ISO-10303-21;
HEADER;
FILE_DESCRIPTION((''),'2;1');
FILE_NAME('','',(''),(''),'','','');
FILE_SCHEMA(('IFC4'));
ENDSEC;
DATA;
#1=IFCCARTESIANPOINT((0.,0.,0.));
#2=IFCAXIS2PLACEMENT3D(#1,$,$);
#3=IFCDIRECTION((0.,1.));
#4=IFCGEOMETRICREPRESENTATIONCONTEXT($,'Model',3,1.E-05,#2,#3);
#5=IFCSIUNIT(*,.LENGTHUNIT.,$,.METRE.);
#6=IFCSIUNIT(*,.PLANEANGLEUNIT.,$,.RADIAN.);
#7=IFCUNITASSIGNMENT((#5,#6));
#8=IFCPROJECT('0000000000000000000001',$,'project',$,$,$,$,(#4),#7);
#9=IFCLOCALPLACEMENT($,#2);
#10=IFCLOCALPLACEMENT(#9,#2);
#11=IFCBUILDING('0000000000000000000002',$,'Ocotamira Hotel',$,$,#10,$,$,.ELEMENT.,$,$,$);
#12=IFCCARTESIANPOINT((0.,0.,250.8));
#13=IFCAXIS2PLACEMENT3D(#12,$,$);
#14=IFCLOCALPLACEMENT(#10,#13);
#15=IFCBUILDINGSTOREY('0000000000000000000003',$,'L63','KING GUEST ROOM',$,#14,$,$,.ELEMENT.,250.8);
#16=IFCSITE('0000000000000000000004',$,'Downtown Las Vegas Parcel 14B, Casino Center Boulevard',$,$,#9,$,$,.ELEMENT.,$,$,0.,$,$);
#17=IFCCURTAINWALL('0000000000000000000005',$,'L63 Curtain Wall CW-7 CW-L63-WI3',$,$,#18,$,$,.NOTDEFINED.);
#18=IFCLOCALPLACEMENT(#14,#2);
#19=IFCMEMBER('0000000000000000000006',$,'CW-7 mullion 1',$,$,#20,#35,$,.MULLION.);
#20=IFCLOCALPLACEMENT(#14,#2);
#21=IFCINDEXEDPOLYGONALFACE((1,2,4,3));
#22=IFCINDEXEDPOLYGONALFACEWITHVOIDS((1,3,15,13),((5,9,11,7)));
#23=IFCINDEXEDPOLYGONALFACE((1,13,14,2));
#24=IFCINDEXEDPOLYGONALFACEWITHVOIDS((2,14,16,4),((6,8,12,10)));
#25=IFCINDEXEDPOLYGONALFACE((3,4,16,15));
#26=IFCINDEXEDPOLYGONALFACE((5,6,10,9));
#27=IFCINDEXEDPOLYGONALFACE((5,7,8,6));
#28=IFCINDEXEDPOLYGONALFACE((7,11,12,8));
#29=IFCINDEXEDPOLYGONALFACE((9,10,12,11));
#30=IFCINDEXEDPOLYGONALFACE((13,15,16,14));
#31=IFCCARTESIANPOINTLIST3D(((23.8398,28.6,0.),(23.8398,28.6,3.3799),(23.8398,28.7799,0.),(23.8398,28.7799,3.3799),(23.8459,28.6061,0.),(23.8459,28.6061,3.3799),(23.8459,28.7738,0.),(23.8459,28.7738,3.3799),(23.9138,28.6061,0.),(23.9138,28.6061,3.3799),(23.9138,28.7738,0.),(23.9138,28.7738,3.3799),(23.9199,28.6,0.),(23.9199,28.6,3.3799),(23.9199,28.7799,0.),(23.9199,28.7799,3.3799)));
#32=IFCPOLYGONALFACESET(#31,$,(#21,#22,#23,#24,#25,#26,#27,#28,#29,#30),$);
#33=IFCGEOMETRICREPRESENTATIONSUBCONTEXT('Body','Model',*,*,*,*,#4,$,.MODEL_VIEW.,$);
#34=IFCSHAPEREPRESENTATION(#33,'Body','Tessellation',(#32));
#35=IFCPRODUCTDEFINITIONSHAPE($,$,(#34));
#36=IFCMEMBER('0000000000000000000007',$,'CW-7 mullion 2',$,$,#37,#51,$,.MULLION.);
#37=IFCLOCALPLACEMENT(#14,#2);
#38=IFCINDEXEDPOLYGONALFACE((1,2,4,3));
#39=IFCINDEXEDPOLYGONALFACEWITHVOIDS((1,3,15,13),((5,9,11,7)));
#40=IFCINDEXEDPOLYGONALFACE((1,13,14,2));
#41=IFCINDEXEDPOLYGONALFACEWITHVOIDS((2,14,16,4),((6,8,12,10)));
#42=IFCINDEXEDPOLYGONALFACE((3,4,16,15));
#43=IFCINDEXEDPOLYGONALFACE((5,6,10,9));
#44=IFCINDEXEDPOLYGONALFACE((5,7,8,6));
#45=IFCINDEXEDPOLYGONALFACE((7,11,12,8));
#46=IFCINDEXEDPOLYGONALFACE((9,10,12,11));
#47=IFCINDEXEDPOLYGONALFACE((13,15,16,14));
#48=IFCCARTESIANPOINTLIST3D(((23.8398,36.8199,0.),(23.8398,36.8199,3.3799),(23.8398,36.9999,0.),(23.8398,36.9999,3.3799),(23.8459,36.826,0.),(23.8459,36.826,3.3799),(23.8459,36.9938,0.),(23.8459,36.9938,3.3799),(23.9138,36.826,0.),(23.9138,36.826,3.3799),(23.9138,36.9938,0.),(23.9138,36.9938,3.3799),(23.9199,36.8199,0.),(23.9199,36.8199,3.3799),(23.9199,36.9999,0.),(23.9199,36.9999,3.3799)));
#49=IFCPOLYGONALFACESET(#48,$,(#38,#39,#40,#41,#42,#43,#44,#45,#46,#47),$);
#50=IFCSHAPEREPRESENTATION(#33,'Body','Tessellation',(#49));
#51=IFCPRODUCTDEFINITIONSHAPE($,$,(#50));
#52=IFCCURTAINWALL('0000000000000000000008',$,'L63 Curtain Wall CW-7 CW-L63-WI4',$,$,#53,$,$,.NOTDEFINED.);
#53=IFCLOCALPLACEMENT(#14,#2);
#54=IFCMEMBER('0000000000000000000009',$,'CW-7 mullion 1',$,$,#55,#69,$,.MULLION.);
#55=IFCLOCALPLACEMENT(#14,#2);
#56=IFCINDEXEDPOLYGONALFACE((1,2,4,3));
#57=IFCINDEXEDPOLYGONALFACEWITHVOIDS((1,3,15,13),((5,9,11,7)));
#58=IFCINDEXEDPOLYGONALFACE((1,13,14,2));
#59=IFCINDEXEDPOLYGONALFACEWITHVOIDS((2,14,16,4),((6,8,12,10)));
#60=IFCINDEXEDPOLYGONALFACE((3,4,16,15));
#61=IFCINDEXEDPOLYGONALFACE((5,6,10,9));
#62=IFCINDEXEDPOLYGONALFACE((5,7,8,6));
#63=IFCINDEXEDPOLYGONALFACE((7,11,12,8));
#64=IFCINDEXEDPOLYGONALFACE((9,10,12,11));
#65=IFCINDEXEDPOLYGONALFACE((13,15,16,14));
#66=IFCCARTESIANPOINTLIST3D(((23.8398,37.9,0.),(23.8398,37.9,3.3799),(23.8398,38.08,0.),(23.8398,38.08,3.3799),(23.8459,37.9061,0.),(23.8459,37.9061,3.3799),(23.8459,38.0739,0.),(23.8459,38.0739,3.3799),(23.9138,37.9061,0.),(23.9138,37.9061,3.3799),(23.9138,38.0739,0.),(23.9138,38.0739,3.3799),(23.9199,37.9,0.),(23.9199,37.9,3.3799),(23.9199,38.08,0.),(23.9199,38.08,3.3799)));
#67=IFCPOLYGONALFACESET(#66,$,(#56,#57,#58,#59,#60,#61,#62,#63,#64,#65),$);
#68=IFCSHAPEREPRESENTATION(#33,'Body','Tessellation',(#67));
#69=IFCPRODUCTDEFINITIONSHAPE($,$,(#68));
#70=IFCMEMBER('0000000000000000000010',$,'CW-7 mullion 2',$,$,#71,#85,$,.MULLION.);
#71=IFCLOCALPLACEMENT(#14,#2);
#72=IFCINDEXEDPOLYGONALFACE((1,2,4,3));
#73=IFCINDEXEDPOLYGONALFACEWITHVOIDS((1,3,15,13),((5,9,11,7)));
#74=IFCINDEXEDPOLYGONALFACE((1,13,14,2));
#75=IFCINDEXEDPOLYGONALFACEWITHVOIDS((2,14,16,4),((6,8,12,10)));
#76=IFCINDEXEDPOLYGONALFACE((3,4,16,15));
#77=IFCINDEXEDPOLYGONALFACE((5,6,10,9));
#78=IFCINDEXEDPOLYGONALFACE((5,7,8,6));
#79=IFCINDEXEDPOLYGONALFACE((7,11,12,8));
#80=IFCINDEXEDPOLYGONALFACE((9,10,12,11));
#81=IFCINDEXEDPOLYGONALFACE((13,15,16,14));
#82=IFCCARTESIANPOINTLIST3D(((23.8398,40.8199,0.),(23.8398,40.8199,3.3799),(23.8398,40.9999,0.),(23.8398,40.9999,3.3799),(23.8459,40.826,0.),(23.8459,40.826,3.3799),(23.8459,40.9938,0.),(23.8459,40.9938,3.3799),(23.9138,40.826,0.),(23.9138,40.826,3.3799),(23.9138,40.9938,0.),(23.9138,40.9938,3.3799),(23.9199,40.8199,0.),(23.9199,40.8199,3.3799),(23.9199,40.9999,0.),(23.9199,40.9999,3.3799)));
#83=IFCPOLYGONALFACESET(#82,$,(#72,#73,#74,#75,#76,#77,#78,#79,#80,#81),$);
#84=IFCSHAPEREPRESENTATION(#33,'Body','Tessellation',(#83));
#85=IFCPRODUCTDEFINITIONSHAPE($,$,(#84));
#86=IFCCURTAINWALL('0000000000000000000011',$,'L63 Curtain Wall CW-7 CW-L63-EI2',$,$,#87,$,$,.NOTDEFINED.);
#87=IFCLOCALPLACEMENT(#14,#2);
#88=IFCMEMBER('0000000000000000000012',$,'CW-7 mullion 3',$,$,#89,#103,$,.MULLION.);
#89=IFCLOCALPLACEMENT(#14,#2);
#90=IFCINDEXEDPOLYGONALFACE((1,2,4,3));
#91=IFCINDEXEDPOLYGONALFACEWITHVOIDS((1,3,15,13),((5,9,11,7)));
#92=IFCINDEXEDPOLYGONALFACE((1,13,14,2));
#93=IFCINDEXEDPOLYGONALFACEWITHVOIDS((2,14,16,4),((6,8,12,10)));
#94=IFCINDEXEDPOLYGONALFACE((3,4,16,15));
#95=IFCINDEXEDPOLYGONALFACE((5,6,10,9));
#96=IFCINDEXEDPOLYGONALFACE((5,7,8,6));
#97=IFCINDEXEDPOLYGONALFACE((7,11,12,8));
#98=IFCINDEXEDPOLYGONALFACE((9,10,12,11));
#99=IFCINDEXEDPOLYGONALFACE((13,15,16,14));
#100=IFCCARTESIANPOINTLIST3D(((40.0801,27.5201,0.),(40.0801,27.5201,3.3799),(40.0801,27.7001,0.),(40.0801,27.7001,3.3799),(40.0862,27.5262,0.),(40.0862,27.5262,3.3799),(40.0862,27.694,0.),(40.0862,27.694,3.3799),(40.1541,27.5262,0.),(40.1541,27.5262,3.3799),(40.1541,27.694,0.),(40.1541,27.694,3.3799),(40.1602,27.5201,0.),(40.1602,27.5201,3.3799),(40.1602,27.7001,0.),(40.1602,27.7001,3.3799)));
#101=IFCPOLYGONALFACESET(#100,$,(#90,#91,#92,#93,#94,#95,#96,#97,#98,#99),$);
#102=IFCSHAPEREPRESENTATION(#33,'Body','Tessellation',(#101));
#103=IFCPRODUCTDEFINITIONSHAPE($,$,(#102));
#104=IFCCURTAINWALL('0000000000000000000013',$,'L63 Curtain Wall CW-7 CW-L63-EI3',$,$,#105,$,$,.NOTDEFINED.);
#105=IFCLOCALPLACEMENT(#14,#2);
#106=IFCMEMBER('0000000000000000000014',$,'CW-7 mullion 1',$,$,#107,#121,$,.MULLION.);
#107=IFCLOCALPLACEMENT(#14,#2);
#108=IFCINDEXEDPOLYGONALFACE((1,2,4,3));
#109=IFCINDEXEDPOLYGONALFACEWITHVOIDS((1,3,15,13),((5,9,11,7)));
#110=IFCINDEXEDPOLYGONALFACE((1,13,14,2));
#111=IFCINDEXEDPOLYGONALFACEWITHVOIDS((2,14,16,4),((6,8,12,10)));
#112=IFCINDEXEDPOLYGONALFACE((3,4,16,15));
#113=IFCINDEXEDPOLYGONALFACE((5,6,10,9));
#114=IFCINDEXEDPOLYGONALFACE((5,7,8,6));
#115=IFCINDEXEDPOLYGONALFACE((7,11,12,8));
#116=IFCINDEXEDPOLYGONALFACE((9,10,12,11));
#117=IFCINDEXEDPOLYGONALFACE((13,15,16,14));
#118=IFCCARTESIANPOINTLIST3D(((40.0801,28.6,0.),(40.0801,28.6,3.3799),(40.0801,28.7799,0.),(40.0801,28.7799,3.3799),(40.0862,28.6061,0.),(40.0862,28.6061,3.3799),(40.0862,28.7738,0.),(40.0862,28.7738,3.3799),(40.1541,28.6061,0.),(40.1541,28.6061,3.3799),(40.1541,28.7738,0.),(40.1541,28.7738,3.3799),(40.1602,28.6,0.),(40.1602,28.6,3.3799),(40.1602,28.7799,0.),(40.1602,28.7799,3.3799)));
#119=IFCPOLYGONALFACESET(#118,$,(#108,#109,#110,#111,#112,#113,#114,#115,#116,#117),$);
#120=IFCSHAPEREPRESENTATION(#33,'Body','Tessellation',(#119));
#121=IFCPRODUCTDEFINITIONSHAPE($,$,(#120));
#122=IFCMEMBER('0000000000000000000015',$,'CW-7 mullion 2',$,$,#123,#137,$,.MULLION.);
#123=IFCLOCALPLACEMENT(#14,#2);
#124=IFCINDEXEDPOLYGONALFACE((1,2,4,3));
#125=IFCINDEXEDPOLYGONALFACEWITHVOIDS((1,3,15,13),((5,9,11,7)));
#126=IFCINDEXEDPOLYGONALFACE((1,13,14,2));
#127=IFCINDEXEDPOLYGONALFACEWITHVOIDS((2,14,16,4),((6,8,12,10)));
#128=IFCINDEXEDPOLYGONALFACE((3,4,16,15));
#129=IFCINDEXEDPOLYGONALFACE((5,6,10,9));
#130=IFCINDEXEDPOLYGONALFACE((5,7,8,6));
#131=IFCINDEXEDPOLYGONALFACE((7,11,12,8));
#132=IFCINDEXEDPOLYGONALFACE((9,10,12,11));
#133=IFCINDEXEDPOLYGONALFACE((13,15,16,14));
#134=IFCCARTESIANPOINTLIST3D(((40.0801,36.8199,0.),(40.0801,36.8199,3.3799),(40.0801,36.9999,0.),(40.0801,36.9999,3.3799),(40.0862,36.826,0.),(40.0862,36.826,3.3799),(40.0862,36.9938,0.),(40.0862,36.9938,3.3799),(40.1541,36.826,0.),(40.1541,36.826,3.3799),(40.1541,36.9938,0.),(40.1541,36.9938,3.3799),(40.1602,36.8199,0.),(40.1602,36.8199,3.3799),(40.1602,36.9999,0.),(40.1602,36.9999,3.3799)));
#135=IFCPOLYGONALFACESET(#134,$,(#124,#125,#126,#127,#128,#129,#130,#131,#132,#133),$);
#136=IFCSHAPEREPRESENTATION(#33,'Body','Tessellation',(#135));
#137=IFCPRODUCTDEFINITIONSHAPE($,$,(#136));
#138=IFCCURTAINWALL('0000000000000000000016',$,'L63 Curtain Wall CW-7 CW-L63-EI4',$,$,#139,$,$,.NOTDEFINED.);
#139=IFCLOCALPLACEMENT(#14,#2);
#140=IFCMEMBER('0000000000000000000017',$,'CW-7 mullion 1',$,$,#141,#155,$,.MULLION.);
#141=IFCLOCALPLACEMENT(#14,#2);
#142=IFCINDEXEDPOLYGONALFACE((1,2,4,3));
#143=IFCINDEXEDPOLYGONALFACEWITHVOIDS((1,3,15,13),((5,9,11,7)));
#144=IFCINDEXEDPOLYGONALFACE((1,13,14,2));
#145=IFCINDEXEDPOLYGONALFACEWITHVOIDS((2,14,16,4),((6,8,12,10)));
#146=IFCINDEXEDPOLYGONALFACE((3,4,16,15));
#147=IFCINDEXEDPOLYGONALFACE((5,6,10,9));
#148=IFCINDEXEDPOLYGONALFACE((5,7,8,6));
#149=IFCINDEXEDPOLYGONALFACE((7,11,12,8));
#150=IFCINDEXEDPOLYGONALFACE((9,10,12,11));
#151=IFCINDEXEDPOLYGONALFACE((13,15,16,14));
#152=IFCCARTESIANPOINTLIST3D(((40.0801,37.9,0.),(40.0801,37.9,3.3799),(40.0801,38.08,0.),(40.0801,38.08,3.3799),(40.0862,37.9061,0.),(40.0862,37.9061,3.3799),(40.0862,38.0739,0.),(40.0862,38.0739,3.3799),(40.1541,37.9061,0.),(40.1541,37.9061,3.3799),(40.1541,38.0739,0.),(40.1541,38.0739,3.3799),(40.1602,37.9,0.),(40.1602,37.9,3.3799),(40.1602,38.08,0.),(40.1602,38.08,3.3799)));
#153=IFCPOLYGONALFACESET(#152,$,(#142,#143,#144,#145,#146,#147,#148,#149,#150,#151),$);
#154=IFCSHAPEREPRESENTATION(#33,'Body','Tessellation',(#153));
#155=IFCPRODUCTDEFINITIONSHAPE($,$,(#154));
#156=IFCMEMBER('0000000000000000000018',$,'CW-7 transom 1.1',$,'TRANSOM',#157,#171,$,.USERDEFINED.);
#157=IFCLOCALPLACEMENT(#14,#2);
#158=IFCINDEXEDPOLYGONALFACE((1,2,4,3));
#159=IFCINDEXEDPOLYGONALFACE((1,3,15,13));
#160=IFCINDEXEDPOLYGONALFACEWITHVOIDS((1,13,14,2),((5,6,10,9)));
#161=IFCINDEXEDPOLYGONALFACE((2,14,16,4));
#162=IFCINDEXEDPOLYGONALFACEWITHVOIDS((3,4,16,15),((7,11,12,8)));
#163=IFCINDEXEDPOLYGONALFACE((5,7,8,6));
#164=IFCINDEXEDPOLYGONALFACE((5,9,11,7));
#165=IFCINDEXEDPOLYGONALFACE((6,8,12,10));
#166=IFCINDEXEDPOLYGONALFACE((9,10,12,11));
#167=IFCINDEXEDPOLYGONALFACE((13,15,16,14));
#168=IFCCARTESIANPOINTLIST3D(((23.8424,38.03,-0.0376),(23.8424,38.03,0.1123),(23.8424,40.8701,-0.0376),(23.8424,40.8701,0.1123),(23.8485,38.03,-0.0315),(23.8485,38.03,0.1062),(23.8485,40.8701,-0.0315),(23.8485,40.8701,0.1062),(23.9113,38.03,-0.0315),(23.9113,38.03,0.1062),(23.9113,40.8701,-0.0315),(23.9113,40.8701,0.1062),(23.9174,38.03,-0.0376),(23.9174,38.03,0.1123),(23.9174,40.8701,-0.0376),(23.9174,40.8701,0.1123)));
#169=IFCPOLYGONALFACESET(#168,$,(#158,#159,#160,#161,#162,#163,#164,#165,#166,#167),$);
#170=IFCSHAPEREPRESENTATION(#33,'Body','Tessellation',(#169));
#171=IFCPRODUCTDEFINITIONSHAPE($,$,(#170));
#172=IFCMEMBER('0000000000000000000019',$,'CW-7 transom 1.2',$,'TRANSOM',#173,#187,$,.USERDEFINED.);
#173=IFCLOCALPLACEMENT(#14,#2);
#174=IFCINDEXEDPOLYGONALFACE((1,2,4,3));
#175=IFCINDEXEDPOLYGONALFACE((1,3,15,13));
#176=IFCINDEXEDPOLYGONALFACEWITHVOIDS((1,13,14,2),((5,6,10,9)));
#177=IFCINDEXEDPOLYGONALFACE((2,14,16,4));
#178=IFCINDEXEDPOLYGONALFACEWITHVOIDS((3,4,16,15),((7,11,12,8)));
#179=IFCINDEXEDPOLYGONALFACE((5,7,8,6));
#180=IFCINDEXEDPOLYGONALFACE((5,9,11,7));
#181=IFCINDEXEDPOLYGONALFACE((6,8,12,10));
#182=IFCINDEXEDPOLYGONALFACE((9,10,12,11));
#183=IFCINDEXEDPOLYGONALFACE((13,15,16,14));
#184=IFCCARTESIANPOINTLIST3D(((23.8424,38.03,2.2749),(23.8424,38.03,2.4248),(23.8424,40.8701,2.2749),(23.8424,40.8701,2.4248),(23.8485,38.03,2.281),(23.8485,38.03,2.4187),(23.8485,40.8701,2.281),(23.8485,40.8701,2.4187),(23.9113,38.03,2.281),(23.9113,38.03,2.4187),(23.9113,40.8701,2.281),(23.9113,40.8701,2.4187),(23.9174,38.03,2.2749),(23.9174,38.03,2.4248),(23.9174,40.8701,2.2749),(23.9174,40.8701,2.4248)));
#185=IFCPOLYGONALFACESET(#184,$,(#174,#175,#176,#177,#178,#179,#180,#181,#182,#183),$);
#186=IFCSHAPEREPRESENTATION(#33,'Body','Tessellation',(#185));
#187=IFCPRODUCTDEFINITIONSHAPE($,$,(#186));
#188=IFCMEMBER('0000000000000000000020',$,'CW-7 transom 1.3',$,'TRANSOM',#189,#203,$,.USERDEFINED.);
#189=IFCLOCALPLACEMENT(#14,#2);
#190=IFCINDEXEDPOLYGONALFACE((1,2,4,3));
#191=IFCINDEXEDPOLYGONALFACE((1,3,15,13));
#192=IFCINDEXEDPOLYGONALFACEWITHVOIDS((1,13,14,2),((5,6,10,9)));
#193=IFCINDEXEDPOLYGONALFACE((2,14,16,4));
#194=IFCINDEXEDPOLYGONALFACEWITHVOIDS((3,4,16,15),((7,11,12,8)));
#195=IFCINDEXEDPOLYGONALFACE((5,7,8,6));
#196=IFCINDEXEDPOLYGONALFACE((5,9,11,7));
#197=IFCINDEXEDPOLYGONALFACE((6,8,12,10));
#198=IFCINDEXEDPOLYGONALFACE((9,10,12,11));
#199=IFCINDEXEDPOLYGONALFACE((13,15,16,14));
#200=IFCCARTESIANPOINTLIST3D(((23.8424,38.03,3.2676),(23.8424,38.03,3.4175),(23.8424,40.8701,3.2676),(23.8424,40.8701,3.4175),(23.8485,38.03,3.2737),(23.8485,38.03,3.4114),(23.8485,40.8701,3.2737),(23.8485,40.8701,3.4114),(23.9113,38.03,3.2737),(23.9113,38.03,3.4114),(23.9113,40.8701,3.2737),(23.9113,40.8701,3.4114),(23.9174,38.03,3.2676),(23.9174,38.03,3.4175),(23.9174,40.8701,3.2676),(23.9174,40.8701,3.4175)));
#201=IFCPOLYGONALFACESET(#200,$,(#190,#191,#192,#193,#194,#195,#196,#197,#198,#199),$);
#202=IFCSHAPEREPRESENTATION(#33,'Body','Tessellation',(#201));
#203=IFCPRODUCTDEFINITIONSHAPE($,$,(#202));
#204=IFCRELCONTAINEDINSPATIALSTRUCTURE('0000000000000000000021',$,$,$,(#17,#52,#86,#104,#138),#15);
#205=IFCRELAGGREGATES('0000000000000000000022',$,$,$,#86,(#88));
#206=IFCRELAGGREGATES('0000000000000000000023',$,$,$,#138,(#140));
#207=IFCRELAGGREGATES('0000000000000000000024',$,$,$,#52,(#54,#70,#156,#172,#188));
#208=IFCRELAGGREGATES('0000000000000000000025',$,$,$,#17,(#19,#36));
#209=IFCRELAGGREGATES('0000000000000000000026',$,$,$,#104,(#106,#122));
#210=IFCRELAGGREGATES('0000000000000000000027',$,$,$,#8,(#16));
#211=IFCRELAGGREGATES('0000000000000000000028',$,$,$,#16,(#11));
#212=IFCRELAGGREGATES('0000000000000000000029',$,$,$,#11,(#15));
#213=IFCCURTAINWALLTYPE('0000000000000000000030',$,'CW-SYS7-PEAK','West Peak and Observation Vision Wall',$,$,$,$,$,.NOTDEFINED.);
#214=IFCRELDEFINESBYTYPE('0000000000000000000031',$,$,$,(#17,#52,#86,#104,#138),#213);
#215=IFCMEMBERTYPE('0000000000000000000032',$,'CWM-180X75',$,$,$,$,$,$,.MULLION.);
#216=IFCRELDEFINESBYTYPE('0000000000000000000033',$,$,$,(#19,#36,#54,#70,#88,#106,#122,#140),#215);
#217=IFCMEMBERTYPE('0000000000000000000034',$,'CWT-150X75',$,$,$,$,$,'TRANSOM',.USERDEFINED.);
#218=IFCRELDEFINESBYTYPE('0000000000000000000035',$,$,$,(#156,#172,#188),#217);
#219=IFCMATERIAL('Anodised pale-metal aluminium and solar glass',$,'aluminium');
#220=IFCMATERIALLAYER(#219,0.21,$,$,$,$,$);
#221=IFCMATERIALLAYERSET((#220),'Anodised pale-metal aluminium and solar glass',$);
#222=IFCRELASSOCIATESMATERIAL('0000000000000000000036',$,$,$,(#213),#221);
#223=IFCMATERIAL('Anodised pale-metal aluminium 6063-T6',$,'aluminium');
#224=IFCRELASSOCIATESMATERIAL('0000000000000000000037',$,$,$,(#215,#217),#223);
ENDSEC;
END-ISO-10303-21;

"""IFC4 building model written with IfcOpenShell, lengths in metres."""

from ifc_helpers import new_model, si_unit, direction, frame, origin, origin_2d, place, context, subcontext, project, spatial, hollow_rectangle, extrude, source, transform, mapped, material, layer, layer_set, material_profile, profile_set, type_object, element, aggregate, save


model = new_model("IFC4")

# Units and contexts
model_context = context("Model", 3, precision=1e-05, world=origin(), true_north=direction((0.0, 1.0)))
body_context = subcontext(model_context, "Body", "Model", "MODEL_VIEW")
ifc_project = project(units=[si_unit("LENGTHUNIT", "METRE"), si_unit("PLANEANGLEUNIT", "RADIAN")], contexts=[model_context])

# Site, building, storey
site_placement = place(None, origin())
site = spatial("IfcSite", under=ifc_project, at=site_placement, Name="Downtown Las Vegas Parcel 14B, Casino Center Boulevard", CompositionType="ELEMENT", RefElevation=0.0)
building_placement = place(site_placement, origin())
building = spatial("IfcBuilding", under=site, at=building_placement, Name="Ocotamira Hotel", CompositionType="ELEMENT")
storey_placement = place(building_placement, frame((0.0, 0.0, 250.8)))
storey = spatial("IfcBuildingStorey", under=building, at=storey_placement, Name="L63", Description="KING GUEST ROOM", CompositionType="ELEMENT", Elevation=250.8)

# Curtain walls, members
ifc_material_1 = material(Name="Anodised pale-metal aluminium and solar glass", Category="aluminium")
ifc_layer_1 = layer(ifc_material_1, 0.21)
ifc_layer_set_1 = layer_set([ifc_layer_1], Name="Anodised pale-metal aluminium and solar glass")
curtain_wall_type = type_object("IfcCurtainWallType", Name="CW-SYS7-PEAK", Description="West Peak and Observation Vision Wall", PredefinedType="NOTDEFINED", material=ifc_layer_set_1)
curtain_wall_1_placement = place(storey_placement, origin())
curtain_wall_1 = element("IfcCurtainWall", 1, at=curtain_wall_1_placement, inside=storey, type_object=curtain_wall_type, Name="L63 Curtain Wall CW-7 CW-L63-WI3", PredefinedType="NOTDEFINED")
ifc_material_2 = material(Name="Anodised pale-metal aluminium 6063-T6", Category="aluminium")
ifc_material_profile_1 = material_profile(ifc_material_2, hollow_rectangle(XDim=0.0801, YDim=0.1799, WallThickness=0.0061, at=origin_2d()), Name="HSS180X80X6")
ifc_profile_set_1 = profile_set([ifc_material_profile_1], Name="Anodised pale-metal aluminium 6063-T6")
member_type_1 = type_object("IfcMemberType", Name="CWM-180X75", PredefinedType="MULLION", material=ifc_profile_set_1)
shared_shape_1 = source(origin(), body_context, "Body", "SweptSolid", [
    extrude(hollow_rectangle(XDim=0.0801, YDim=0.1799, WallThickness=0.0061, at=origin_2d()), origin(), (0.0, 0.0, 1.0), 3.3799),
])
member_1_placement = place(storey_placement, frame((23.8799, 28.6899, 0.0), z_axis=(0.0, 0.0, 1.0), x_axis=(-1.0, 0.0, 0.0)))
member_1 = element("IfcMember", 2, at=member_1_placement, type_object=member_type_1, Name="CW-7 mullion 1", PredefinedType="MULLION", context=body_context, shape_type="MappedRepresentation", body=[
    mapped(shared_shape_1, transform((0.0, 0.0, 0.0), scale=1.0)),
])
member_2_placement = place(storey_placement, frame((23.8799, 36.9099, 0.0), z_axis=(0.0, 0.0, 1.0), x_axis=(-1.0, 0.0, 0.0)))
member_2 = element("IfcMember", 3, at=member_2_placement, type_object=member_type_1, Name="CW-7 mullion 2", PredefinedType="MULLION", context=body_context, shape_type="MappedRepresentation", body=[
    mapped(shared_shape_1, transform((0.0, 0.0, 0.0), scale=1.0)),
])
curtain_wall_2_placement = place(storey_placement, origin())
curtain_wall_2 = element("IfcCurtainWall", 4, at=curtain_wall_2_placement, inside=storey, type_object=curtain_wall_type, Name="L63 Curtain Wall CW-7 CW-L63-WI4", PredefinedType="NOTDEFINED")
member_3_placement = place(storey_placement, frame((23.8799, 37.99, 0.0), z_axis=(0.0, 0.0, 1.0), x_axis=(-1.0, 0.0, 0.0)))
member_3 = element("IfcMember", 5, at=member_3_placement, type_object=member_type_1, Name="CW-7 mullion 1", PredefinedType="MULLION", context=body_context, shape_type="MappedRepresentation", body=[
    mapped(shared_shape_1, transform((0.0, 0.0, 0.0), scale=1.0)),
])
member_4_placement = place(storey_placement, frame((23.8799, 40.9099, 0.0), z_axis=(0.0, 0.0, 1.0), x_axis=(-1.0, 0.0, 0.0)))
member_4 = element("IfcMember", 6, at=member_4_placement, type_object=member_type_1, Name="CW-7 mullion 2", PredefinedType="MULLION", context=body_context, shape_type="MappedRepresentation", body=[
    mapped(shared_shape_1, transform((0.0, 0.0, 0.0), scale=1.0)),
])

# Curtain wall, member
curtain_wall_3_placement = place(storey_placement, origin())
curtain_wall_3 = element("IfcCurtainWall", 7, at=curtain_wall_3_placement, inside=storey, type_object=curtain_wall_type, Name="L63 Curtain Wall CW-7 CW-L63-EI2", PredefinedType="NOTDEFINED")
member_5_placement = place(storey_placement, frame((40.1201, 27.6101, 0.0), z_axis=(0.0, 0.0, 1.0), x_axis=(-1.0, 0.0, 0.0)))
member_5 = element("IfcMember", 8, at=member_5_placement, type_object=member_type_1, Name="CW-7 mullion 3", PredefinedType="MULLION", context=body_context, shape_type="MappedRepresentation", body=[
    mapped(shared_shape_1, transform((0.0, 0.0, 0.0), scale=1.0)),
])
aggregate(curtain_wall_3, [member_5])

# Curtain wall, members
curtain_wall_4_placement = place(storey_placement, origin())
curtain_wall_4 = element("IfcCurtainWall", 9, at=curtain_wall_4_placement, inside=storey, type_object=curtain_wall_type, Name="L63 Curtain Wall CW-7 CW-L63-EI3", PredefinedType="NOTDEFINED")
member_6_placement = place(storey_placement, frame((40.1201, 28.6899, 0.0), z_axis=(0.0, 0.0, 1.0), x_axis=(-1.0, 0.0, 0.0)))
member_6 = element("IfcMember", 10, at=member_6_placement, type_object=member_type_1, Name="CW-7 mullion 1", PredefinedType="MULLION", context=body_context, shape_type="MappedRepresentation", body=[
    mapped(shared_shape_1, transform((0.0, 0.0, 0.0), scale=1.0)),
])
member_7_placement = place(storey_placement, frame((40.1201, 36.9099, 0.0), z_axis=(0.0, 0.0, 1.0), x_axis=(-1.0, 0.0, 0.0)))
member_7 = element("IfcMember", 11, at=member_7_placement, type_object=member_type_1, Name="CW-7 mullion 2", PredefinedType="MULLION", context=body_context, shape_type="MappedRepresentation", body=[
    mapped(shared_shape_1, transform((0.0, 0.0, 0.0), scale=1.0)),
])

# Curtain wall, member
curtain_wall_5_placement = place(storey_placement, origin())
curtain_wall_5 = element("IfcCurtainWall", 12, at=curtain_wall_5_placement, inside=storey, type_object=curtain_wall_type, Name="L63 Curtain Wall CW-7 CW-L63-EI4", PredefinedType="NOTDEFINED")
member_8_placement = place(storey_placement, frame((40.1201, 37.99, 0.0), z_axis=(0.0, 0.0, 1.0), x_axis=(-1.0, 0.0, 0.0)))
member_8 = element("IfcMember", 13, at=member_8_placement, type_object=member_type_1, Name="CW-7 mullion 1", PredefinedType="MULLION", context=body_context, shape_type="MappedRepresentation", body=[
    mapped(shared_shape_1, transform((0.0, 0.0, 0.0), scale=1.0)),
])

# Members
ifc_material_profile_2 = material_profile(ifc_material_2, hollow_rectangle(XDim=0.075, YDim=0.1499, WallThickness=0.0061, at=origin_2d()), Name="HSS150X75X6")
ifc_profile_set_2 = profile_set([ifc_material_profile_2], Name="Anodised pale-metal aluminium 6063-T6")
member_type_2 = type_object("IfcMemberType", Name="CWT-150X75", ElementType="TRANSOM", PredefinedType="USERDEFINED", material=ifc_profile_set_2)
shared_shape_2 = source(origin(), body_context, "Body", "SweptSolid", [
    extrude(hollow_rectangle(XDim=0.075, YDim=0.1499, WallThickness=0.0061, at=origin_2d()), origin(), (0.0, 0.0, 1.0), 2.8401),
])
member_9_placement = place(storey_placement, frame((23.8799, 38.03, 0.0374), z_axis=(0.0, 1.0, 0.0), x_axis=(-1.0, 0.0, 0.0)))
member_9 = element("IfcMember", 14, at=member_9_placement, type_object=member_type_2, Name="CW-7 transom 1.1", ObjectType="TRANSOM", PredefinedType="USERDEFINED", context=body_context, shape_type="MappedRepresentation", body=[
    mapped(shared_shape_2, transform((0.0, 0.0, 0.0), scale=1.0)),
])
member_10_placement = place(storey_placement, frame((23.8799, 38.03, 2.3499), z_axis=(0.0, 1.0, 0.0), x_axis=(-1.0, 0.0, 0.0)))
member_10 = element("IfcMember", 15, at=member_10_placement, type_object=member_type_2, Name="CW-7 transom 1.2", ObjectType="TRANSOM", PredefinedType="USERDEFINED", context=body_context, shape_type="MappedRepresentation", body=[
    mapped(shared_shape_2, transform((0.0, 0.0, 0.0), scale=1.0)),
])
member_11_placement = place(storey_placement, frame((23.8799, 38.03, 3.3425), z_axis=(0.0, 1.0, 0.0), x_axis=(-1.0, 0.0, 0.0)))
member_11 = element("IfcMember", 16, at=member_11_placement, type_object=member_type_2, Name="CW-7 transom 1.3", ObjectType="TRANSOM", PredefinedType="USERDEFINED", context=body_context, shape_type="MappedRepresentation", body=[
    mapped(shared_shape_2, transform((0.0, 0.0, 0.0), scale=1.0)),
])
aggregate(curtain_wall_5, [member_8])

aggregate(curtain_wall_2, [member_3, member_4, member_9, member_10, member_11])
aggregate(curtain_wall_1, [member_1, member_2])
aggregate(curtain_wall_4, [member_6, member_7])

save(model, "model.ifc")
